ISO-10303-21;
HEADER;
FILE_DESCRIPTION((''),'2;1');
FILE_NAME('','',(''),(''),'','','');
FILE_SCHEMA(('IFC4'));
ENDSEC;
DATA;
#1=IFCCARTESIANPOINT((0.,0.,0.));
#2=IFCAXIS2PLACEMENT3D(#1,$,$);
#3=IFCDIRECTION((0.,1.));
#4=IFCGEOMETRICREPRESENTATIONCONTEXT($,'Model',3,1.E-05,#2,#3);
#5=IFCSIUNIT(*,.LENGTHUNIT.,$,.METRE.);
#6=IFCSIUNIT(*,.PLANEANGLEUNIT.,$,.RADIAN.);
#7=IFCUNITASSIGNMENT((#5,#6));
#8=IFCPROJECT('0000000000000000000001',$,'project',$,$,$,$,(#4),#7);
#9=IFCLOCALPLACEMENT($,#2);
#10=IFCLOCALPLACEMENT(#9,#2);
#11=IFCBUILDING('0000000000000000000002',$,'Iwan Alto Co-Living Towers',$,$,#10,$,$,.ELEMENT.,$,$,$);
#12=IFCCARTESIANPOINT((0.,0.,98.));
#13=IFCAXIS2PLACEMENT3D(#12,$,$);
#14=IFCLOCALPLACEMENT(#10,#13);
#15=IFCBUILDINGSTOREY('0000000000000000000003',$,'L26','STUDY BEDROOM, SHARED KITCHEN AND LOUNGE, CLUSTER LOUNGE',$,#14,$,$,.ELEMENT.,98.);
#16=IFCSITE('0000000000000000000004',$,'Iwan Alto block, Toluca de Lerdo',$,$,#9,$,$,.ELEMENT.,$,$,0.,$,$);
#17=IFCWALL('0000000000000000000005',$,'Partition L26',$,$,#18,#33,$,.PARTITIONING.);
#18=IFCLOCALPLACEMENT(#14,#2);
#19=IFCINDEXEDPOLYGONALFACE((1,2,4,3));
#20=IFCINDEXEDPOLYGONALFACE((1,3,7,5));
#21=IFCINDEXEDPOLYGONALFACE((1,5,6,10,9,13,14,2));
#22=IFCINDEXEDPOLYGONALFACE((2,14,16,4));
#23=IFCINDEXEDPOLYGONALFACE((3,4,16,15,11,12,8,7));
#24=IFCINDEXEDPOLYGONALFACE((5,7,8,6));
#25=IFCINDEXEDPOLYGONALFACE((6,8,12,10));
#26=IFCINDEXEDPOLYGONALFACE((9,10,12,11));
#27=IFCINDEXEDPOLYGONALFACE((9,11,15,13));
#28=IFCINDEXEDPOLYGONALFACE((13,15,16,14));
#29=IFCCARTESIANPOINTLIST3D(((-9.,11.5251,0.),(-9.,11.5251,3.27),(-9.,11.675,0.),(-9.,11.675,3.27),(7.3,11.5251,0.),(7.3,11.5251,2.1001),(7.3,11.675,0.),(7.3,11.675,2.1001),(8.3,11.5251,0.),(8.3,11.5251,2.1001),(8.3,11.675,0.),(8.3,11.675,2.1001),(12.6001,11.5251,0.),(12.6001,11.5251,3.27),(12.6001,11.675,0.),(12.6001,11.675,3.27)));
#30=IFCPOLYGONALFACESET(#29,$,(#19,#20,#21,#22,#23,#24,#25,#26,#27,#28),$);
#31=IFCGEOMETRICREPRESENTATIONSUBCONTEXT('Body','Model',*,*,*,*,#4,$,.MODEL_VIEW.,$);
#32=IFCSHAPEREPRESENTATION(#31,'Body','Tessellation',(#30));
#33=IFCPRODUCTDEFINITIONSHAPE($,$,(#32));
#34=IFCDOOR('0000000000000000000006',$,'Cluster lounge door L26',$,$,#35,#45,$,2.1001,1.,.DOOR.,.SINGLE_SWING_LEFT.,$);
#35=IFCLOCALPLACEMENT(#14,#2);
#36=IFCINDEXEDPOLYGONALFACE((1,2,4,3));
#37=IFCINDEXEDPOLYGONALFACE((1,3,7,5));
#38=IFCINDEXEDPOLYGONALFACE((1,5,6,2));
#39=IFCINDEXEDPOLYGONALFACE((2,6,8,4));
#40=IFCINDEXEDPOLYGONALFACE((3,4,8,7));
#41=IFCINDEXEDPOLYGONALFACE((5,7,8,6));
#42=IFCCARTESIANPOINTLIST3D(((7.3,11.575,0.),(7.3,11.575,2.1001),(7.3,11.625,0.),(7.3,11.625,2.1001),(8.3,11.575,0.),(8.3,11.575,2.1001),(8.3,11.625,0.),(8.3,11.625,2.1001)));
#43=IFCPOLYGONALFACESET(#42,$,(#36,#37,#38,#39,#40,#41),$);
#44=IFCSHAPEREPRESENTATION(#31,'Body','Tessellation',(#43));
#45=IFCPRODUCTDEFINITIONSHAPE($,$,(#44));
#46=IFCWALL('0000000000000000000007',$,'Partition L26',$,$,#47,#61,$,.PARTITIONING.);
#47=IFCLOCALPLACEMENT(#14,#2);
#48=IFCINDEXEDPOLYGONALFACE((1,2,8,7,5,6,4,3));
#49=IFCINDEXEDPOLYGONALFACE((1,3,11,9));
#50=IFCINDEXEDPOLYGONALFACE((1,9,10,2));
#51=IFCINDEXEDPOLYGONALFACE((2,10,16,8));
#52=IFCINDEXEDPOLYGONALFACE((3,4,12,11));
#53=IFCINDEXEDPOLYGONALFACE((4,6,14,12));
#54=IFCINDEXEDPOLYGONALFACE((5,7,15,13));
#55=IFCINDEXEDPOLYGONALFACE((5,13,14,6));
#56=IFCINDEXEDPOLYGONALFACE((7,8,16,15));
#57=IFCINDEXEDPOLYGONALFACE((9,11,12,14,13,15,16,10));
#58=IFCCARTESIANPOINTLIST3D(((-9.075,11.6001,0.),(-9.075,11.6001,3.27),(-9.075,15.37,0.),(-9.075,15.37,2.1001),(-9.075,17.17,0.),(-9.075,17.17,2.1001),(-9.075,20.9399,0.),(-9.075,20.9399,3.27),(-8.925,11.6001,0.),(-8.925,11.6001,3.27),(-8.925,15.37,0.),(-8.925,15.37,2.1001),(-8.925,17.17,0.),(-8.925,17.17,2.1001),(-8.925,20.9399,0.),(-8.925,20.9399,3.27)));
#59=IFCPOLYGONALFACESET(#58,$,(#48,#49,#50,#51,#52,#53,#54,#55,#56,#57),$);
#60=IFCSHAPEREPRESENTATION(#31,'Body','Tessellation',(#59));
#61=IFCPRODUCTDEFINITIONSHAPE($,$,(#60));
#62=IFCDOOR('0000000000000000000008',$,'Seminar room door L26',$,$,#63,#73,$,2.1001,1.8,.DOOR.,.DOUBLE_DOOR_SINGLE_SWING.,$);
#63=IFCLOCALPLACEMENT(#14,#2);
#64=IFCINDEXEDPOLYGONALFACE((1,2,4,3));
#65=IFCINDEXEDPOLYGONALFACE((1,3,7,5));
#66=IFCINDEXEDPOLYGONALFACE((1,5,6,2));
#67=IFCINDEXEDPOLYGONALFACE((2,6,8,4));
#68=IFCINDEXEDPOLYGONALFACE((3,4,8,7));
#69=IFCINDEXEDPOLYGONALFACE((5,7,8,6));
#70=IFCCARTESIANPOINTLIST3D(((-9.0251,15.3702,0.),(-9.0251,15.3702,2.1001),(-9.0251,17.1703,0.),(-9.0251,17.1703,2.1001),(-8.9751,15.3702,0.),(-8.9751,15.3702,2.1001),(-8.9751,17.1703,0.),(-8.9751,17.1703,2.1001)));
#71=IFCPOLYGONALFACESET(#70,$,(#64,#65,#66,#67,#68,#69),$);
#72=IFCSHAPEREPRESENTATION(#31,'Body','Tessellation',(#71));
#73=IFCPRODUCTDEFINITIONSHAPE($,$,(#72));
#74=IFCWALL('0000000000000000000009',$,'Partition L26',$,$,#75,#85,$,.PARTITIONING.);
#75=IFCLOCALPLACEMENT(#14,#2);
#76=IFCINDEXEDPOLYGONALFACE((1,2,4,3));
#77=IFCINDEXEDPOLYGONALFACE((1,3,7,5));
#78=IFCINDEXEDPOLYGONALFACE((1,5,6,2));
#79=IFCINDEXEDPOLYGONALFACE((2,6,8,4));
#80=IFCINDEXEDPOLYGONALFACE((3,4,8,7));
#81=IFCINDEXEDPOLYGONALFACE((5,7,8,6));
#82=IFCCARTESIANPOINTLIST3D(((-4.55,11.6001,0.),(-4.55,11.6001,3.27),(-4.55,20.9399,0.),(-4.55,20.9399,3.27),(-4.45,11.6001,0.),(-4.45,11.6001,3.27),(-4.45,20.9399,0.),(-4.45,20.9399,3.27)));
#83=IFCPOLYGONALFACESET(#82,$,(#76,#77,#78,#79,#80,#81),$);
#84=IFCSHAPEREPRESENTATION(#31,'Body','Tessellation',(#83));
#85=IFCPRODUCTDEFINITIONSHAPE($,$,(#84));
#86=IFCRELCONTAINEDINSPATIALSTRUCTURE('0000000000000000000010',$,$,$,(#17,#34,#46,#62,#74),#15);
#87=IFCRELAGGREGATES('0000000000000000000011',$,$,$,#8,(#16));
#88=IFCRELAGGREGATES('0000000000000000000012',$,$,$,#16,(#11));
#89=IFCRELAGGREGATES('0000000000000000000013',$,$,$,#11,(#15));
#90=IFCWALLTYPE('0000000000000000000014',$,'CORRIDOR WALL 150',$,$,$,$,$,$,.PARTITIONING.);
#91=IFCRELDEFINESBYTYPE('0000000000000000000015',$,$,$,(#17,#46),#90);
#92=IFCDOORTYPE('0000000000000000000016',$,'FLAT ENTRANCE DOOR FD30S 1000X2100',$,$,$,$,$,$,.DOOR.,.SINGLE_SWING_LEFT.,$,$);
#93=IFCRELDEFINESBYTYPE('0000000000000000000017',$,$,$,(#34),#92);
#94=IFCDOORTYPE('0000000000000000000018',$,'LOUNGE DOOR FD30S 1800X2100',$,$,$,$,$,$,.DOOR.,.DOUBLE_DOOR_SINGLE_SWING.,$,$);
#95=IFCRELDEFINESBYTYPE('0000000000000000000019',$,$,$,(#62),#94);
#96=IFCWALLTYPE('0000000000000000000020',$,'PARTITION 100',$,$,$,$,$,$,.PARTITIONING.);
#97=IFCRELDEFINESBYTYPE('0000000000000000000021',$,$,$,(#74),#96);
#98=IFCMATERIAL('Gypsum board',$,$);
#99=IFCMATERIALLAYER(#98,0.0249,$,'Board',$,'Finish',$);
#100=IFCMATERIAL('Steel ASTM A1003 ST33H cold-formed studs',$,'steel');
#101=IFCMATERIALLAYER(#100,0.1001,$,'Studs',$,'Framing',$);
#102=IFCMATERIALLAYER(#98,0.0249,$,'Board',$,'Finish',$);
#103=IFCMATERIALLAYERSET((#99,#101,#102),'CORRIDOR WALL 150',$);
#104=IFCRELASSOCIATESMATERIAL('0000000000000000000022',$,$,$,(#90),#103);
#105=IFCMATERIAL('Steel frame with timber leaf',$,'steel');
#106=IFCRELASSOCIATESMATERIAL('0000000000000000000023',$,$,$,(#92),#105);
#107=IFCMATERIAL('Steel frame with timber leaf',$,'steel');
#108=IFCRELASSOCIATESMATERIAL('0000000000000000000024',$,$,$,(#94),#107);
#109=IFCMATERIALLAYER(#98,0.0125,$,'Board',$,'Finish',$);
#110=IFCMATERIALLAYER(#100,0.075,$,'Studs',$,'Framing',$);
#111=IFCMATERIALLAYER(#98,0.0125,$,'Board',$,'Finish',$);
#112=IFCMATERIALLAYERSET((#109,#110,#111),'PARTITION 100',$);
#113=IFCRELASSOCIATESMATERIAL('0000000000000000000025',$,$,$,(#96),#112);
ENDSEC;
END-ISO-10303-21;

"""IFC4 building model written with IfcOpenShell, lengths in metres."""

from ifc_helpers import new_model, si_unit, direction, frame, frame_2d, origin, place, context, subcontext, project, spatial, rectangle, extrude, material, layer, layer_set, type_object, element, fill, save


model = new_model("IFC4")

# Units and contexts
model_context = context("Model", 3, precision=1e-05, world=origin(), true_north=direction((0.0, 1.0)))
body_context = subcontext(model_context, "Body", "Model", "MODEL_VIEW")
ifc_project = project(units=[si_unit("LENGTHUNIT", "METRE"), si_unit("PLANEANGLEUNIT", "RADIAN")], contexts=[model_context])

# Site, building, storey
site_placement = place(None, origin())
site = spatial("IfcSite", under=ifc_project, at=site_placement, Name="Iwan Alto block, Toluca de Lerdo", CompositionType="ELEMENT", RefElevation=0.0)
building_placement = place(site_placement, origin())
building = spatial("IfcBuilding", under=site, at=building_placement, Name="Iwan Alto Co-Living Towers", CompositionType="ELEMENT")
storey_placement = place(building_placement, frame((0.0, 0.0, 98.0)))
storey = spatial("IfcBuildingStorey", under=building, at=storey_placement, Name="L26", Description="STUDY BEDROOM, SHARED KITCHEN AND LOUNGE, CLUSTER LOUNGE", CompositionType="ELEMENT", Elevation=98.0)

# Walls, openings, doors
ifc_material_1 = material(Name="Gypsum board")
ifc_layer_1 = layer(ifc_material_1, 0.0249, Name="Board", Category="Finish")
ifc_material_2 = material(Name="Steel ASTM A1003 ST33H cold-formed studs", Category="steel")
ifc_layer_2 = layer(ifc_material_2, 0.1001, Name="Studs", Category="Framing")
ifc_layer_3 = layer(ifc_material_1, 0.0249, Name="Board", Category="Finish")
ifc_layer_set_1 = layer_set([ifc_layer_1, ifc_layer_2, ifc_layer_3], Name="CORRIDOR WALL 150")
wall_type_1 = type_object("IfcWallType", Name="CORRIDOR WALL 150", PredefinedType="PARTITIONING", material=ifc_layer_set_1)
wall_1_placement = place(storey_placement, frame((-9.0, 11.6001, 0.0), z_axis=(0.0, 0.0, 1.0), x_axis=(1.0, 0.0, 0.0)))
wall_1 = element("IfcWall", 1, at=wall_1_placement, inside=storey, type_object=wall_type_1, Name="Partition L26", PredefinedType="PARTITIONING", context=body_context, shape_type="SweptSolid", body=[
    extrude(rectangle(XDim=21.6001, YDim=0.1499, at=frame_2d((10.8, 0.0))), origin(), (0.0, 0.0, 1.0), 3.27),
])
opening_1_placement = place(wall_1_placement, frame((16.3, 0.0, 0.0)))
opening_1 = element("IfcOpeningElement", 2, at=opening_1_placement, cuts=wall_1, PredefinedType="OPENING", context=body_context, shape_type="SweptSolid", body=[
    extrude(rectangle(XDim=1.0, YDim=2.1001, at=frame_2d((0.5, 1.05))), frame((0.0, 0.085, 0.0), z_axis=(0.0, -1.0, 0.0), x_axis=(1.0, 0.0, 0.0)), (0.0, 0.0, 1.0), 0.1699),
])
ifc_material_3 = material(Name="Steel frame with timber leaf", Category="steel")
door_type_1 = type_object("IfcDoorType", Name="FLAT ENTRANCE DOOR FD30S 1000X2100", OperationType="SINGLE_SWING_LEFT", PredefinedType="DOOR", material=ifc_material_3)
door_1_placement = place(opening_1_placement, origin())
door_1 = element("IfcDoor", 3, at=door_1_placement, inside=storey, type_object=door_type_1, Name="Cluster lounge door L26", OperationType="SINGLE_SWING_LEFT", OverallHeight=2.1001, OverallWidth=1.0, PredefinedType="DOOR", context=body_context, shape_type="SweptSolid", body=[
    extrude(rectangle(XDim=1.0, YDim=2.1001, at=frame_2d((0.5, 1.05))), frame((0.0, 0.0249, 0.0), z_axis=(0.0, -1.0, 0.0), x_axis=(1.0, 0.0, 0.0)), (0.0, 0.0, 1.0), 0.05),
])
fill(opening_1, door_1)
wall_2_placement = place(storey_placement, frame((-9.0, 11.6001, 0.0), z_axis=(0.0, 0.0, 1.0), x_axis=(0.0, 1.0, 0.0)))
wall_2 = element("IfcWall", 4, at=wall_2_placement, inside=storey, type_object=wall_type_1, Name="Partition L26", PredefinedType="PARTITIONING", context=body_context, shape_type="SweptSolid", body=[
    extrude(rectangle(XDim=9.3398, YDim=0.1499, at=frame_2d((4.6699, 0.0))), origin(), (0.0, 0.0, 1.0), 3.27),
])
opening_2_placement = place(wall_2_placement, frame((3.77, 0.0, 0.0)))
opening_2 = element("IfcOpeningElement", 5, at=opening_2_placement, cuts=wall_2, PredefinedType="OPENING", context=body_context, shape_type="SweptSolid", body=[
    extrude(rectangle(XDim=1.8, YDim=2.1001, at=frame_2d((0.8999, 1.05))), frame((0.0, 0.085, 0.0), z_axis=(0.0, -1.0, 0.0), x_axis=(1.0, 0.0, 0.0)), (0.0, 0.0, 1.0), 0.1699),
])
ifc_material_4 = material(Name="Steel frame with timber leaf", Category="steel")
door_type_2 = type_object("IfcDoorType", Name="LOUNGE DOOR FD30S 1800X2100", OperationType="DOUBLE_DOOR_SINGLE_SWING", PredefinedType="DOOR", material=ifc_material_4)
door_2_placement = place(opening_2_placement, frame((1.8, 0.0, 0.0), z_axis=(0.0, 0.0, 1.0), x_axis=(-1.0, 0.0, 0.0)))
door_2 = element("IfcDoor", 6, at=door_2_placement, inside=storey, type_object=door_type_2, Name="Seminar room door L26", OperationType="DOUBLE_DOOR_SINGLE_SWING", OverallHeight=2.1001, OverallWidth=1.8, PredefinedType="DOOR", context=body_context, shape_type="SweptSolid", body=[
    extrude(rectangle(XDim=1.8, YDim=2.1001, at=frame_2d((0.8999, 1.05))), frame((0.0, 0.0249, 0.0), z_axis=(0.0, -1.0, 0.0), x_axis=(1.0, 0.0, 0.0)), (0.0, 0.0, 1.0), 0.05),
])
fill(opening_2, door_2)

# Wall
ifc_layer_4 = layer(ifc_material_1, 0.0125, Name="Board", Category="Finish")
ifc_layer_5 = layer(ifc_material_2, 0.075, Name="Studs", Category="Framing")
ifc_layer_6 = layer(ifc_material_1, 0.0125, Name="Board", Category="Finish")
ifc_layer_set_2 = layer_set([ifc_layer_4, ifc_layer_5, ifc_layer_6], Name="PARTITION 100")
wall_type_2 = type_object("IfcWallType", Name="PARTITION 100", PredefinedType="PARTITIONING", material=ifc_layer_set_2)
wall_3_placement = place(storey_placement, frame((-4.5, 11.6001, 0.0), z_axis=(0.0, 0.0, 1.0), x_axis=(0.0, 1.0, 0.0)))
element("IfcWall", 7, at=wall_3_placement, inside=storey, type_object=wall_type_2, Name="Partition L26", PredefinedType="PARTITIONING", context=body_context, shape_type="SweptSolid", body=[
    extrude(rectangle(XDim=9.3398, YDim=0.1001, at=frame_2d((4.6699, 0.0))), origin(), (0.0, 0.0, 1.0), 3.27),
])

save(model, "model.ifc")
